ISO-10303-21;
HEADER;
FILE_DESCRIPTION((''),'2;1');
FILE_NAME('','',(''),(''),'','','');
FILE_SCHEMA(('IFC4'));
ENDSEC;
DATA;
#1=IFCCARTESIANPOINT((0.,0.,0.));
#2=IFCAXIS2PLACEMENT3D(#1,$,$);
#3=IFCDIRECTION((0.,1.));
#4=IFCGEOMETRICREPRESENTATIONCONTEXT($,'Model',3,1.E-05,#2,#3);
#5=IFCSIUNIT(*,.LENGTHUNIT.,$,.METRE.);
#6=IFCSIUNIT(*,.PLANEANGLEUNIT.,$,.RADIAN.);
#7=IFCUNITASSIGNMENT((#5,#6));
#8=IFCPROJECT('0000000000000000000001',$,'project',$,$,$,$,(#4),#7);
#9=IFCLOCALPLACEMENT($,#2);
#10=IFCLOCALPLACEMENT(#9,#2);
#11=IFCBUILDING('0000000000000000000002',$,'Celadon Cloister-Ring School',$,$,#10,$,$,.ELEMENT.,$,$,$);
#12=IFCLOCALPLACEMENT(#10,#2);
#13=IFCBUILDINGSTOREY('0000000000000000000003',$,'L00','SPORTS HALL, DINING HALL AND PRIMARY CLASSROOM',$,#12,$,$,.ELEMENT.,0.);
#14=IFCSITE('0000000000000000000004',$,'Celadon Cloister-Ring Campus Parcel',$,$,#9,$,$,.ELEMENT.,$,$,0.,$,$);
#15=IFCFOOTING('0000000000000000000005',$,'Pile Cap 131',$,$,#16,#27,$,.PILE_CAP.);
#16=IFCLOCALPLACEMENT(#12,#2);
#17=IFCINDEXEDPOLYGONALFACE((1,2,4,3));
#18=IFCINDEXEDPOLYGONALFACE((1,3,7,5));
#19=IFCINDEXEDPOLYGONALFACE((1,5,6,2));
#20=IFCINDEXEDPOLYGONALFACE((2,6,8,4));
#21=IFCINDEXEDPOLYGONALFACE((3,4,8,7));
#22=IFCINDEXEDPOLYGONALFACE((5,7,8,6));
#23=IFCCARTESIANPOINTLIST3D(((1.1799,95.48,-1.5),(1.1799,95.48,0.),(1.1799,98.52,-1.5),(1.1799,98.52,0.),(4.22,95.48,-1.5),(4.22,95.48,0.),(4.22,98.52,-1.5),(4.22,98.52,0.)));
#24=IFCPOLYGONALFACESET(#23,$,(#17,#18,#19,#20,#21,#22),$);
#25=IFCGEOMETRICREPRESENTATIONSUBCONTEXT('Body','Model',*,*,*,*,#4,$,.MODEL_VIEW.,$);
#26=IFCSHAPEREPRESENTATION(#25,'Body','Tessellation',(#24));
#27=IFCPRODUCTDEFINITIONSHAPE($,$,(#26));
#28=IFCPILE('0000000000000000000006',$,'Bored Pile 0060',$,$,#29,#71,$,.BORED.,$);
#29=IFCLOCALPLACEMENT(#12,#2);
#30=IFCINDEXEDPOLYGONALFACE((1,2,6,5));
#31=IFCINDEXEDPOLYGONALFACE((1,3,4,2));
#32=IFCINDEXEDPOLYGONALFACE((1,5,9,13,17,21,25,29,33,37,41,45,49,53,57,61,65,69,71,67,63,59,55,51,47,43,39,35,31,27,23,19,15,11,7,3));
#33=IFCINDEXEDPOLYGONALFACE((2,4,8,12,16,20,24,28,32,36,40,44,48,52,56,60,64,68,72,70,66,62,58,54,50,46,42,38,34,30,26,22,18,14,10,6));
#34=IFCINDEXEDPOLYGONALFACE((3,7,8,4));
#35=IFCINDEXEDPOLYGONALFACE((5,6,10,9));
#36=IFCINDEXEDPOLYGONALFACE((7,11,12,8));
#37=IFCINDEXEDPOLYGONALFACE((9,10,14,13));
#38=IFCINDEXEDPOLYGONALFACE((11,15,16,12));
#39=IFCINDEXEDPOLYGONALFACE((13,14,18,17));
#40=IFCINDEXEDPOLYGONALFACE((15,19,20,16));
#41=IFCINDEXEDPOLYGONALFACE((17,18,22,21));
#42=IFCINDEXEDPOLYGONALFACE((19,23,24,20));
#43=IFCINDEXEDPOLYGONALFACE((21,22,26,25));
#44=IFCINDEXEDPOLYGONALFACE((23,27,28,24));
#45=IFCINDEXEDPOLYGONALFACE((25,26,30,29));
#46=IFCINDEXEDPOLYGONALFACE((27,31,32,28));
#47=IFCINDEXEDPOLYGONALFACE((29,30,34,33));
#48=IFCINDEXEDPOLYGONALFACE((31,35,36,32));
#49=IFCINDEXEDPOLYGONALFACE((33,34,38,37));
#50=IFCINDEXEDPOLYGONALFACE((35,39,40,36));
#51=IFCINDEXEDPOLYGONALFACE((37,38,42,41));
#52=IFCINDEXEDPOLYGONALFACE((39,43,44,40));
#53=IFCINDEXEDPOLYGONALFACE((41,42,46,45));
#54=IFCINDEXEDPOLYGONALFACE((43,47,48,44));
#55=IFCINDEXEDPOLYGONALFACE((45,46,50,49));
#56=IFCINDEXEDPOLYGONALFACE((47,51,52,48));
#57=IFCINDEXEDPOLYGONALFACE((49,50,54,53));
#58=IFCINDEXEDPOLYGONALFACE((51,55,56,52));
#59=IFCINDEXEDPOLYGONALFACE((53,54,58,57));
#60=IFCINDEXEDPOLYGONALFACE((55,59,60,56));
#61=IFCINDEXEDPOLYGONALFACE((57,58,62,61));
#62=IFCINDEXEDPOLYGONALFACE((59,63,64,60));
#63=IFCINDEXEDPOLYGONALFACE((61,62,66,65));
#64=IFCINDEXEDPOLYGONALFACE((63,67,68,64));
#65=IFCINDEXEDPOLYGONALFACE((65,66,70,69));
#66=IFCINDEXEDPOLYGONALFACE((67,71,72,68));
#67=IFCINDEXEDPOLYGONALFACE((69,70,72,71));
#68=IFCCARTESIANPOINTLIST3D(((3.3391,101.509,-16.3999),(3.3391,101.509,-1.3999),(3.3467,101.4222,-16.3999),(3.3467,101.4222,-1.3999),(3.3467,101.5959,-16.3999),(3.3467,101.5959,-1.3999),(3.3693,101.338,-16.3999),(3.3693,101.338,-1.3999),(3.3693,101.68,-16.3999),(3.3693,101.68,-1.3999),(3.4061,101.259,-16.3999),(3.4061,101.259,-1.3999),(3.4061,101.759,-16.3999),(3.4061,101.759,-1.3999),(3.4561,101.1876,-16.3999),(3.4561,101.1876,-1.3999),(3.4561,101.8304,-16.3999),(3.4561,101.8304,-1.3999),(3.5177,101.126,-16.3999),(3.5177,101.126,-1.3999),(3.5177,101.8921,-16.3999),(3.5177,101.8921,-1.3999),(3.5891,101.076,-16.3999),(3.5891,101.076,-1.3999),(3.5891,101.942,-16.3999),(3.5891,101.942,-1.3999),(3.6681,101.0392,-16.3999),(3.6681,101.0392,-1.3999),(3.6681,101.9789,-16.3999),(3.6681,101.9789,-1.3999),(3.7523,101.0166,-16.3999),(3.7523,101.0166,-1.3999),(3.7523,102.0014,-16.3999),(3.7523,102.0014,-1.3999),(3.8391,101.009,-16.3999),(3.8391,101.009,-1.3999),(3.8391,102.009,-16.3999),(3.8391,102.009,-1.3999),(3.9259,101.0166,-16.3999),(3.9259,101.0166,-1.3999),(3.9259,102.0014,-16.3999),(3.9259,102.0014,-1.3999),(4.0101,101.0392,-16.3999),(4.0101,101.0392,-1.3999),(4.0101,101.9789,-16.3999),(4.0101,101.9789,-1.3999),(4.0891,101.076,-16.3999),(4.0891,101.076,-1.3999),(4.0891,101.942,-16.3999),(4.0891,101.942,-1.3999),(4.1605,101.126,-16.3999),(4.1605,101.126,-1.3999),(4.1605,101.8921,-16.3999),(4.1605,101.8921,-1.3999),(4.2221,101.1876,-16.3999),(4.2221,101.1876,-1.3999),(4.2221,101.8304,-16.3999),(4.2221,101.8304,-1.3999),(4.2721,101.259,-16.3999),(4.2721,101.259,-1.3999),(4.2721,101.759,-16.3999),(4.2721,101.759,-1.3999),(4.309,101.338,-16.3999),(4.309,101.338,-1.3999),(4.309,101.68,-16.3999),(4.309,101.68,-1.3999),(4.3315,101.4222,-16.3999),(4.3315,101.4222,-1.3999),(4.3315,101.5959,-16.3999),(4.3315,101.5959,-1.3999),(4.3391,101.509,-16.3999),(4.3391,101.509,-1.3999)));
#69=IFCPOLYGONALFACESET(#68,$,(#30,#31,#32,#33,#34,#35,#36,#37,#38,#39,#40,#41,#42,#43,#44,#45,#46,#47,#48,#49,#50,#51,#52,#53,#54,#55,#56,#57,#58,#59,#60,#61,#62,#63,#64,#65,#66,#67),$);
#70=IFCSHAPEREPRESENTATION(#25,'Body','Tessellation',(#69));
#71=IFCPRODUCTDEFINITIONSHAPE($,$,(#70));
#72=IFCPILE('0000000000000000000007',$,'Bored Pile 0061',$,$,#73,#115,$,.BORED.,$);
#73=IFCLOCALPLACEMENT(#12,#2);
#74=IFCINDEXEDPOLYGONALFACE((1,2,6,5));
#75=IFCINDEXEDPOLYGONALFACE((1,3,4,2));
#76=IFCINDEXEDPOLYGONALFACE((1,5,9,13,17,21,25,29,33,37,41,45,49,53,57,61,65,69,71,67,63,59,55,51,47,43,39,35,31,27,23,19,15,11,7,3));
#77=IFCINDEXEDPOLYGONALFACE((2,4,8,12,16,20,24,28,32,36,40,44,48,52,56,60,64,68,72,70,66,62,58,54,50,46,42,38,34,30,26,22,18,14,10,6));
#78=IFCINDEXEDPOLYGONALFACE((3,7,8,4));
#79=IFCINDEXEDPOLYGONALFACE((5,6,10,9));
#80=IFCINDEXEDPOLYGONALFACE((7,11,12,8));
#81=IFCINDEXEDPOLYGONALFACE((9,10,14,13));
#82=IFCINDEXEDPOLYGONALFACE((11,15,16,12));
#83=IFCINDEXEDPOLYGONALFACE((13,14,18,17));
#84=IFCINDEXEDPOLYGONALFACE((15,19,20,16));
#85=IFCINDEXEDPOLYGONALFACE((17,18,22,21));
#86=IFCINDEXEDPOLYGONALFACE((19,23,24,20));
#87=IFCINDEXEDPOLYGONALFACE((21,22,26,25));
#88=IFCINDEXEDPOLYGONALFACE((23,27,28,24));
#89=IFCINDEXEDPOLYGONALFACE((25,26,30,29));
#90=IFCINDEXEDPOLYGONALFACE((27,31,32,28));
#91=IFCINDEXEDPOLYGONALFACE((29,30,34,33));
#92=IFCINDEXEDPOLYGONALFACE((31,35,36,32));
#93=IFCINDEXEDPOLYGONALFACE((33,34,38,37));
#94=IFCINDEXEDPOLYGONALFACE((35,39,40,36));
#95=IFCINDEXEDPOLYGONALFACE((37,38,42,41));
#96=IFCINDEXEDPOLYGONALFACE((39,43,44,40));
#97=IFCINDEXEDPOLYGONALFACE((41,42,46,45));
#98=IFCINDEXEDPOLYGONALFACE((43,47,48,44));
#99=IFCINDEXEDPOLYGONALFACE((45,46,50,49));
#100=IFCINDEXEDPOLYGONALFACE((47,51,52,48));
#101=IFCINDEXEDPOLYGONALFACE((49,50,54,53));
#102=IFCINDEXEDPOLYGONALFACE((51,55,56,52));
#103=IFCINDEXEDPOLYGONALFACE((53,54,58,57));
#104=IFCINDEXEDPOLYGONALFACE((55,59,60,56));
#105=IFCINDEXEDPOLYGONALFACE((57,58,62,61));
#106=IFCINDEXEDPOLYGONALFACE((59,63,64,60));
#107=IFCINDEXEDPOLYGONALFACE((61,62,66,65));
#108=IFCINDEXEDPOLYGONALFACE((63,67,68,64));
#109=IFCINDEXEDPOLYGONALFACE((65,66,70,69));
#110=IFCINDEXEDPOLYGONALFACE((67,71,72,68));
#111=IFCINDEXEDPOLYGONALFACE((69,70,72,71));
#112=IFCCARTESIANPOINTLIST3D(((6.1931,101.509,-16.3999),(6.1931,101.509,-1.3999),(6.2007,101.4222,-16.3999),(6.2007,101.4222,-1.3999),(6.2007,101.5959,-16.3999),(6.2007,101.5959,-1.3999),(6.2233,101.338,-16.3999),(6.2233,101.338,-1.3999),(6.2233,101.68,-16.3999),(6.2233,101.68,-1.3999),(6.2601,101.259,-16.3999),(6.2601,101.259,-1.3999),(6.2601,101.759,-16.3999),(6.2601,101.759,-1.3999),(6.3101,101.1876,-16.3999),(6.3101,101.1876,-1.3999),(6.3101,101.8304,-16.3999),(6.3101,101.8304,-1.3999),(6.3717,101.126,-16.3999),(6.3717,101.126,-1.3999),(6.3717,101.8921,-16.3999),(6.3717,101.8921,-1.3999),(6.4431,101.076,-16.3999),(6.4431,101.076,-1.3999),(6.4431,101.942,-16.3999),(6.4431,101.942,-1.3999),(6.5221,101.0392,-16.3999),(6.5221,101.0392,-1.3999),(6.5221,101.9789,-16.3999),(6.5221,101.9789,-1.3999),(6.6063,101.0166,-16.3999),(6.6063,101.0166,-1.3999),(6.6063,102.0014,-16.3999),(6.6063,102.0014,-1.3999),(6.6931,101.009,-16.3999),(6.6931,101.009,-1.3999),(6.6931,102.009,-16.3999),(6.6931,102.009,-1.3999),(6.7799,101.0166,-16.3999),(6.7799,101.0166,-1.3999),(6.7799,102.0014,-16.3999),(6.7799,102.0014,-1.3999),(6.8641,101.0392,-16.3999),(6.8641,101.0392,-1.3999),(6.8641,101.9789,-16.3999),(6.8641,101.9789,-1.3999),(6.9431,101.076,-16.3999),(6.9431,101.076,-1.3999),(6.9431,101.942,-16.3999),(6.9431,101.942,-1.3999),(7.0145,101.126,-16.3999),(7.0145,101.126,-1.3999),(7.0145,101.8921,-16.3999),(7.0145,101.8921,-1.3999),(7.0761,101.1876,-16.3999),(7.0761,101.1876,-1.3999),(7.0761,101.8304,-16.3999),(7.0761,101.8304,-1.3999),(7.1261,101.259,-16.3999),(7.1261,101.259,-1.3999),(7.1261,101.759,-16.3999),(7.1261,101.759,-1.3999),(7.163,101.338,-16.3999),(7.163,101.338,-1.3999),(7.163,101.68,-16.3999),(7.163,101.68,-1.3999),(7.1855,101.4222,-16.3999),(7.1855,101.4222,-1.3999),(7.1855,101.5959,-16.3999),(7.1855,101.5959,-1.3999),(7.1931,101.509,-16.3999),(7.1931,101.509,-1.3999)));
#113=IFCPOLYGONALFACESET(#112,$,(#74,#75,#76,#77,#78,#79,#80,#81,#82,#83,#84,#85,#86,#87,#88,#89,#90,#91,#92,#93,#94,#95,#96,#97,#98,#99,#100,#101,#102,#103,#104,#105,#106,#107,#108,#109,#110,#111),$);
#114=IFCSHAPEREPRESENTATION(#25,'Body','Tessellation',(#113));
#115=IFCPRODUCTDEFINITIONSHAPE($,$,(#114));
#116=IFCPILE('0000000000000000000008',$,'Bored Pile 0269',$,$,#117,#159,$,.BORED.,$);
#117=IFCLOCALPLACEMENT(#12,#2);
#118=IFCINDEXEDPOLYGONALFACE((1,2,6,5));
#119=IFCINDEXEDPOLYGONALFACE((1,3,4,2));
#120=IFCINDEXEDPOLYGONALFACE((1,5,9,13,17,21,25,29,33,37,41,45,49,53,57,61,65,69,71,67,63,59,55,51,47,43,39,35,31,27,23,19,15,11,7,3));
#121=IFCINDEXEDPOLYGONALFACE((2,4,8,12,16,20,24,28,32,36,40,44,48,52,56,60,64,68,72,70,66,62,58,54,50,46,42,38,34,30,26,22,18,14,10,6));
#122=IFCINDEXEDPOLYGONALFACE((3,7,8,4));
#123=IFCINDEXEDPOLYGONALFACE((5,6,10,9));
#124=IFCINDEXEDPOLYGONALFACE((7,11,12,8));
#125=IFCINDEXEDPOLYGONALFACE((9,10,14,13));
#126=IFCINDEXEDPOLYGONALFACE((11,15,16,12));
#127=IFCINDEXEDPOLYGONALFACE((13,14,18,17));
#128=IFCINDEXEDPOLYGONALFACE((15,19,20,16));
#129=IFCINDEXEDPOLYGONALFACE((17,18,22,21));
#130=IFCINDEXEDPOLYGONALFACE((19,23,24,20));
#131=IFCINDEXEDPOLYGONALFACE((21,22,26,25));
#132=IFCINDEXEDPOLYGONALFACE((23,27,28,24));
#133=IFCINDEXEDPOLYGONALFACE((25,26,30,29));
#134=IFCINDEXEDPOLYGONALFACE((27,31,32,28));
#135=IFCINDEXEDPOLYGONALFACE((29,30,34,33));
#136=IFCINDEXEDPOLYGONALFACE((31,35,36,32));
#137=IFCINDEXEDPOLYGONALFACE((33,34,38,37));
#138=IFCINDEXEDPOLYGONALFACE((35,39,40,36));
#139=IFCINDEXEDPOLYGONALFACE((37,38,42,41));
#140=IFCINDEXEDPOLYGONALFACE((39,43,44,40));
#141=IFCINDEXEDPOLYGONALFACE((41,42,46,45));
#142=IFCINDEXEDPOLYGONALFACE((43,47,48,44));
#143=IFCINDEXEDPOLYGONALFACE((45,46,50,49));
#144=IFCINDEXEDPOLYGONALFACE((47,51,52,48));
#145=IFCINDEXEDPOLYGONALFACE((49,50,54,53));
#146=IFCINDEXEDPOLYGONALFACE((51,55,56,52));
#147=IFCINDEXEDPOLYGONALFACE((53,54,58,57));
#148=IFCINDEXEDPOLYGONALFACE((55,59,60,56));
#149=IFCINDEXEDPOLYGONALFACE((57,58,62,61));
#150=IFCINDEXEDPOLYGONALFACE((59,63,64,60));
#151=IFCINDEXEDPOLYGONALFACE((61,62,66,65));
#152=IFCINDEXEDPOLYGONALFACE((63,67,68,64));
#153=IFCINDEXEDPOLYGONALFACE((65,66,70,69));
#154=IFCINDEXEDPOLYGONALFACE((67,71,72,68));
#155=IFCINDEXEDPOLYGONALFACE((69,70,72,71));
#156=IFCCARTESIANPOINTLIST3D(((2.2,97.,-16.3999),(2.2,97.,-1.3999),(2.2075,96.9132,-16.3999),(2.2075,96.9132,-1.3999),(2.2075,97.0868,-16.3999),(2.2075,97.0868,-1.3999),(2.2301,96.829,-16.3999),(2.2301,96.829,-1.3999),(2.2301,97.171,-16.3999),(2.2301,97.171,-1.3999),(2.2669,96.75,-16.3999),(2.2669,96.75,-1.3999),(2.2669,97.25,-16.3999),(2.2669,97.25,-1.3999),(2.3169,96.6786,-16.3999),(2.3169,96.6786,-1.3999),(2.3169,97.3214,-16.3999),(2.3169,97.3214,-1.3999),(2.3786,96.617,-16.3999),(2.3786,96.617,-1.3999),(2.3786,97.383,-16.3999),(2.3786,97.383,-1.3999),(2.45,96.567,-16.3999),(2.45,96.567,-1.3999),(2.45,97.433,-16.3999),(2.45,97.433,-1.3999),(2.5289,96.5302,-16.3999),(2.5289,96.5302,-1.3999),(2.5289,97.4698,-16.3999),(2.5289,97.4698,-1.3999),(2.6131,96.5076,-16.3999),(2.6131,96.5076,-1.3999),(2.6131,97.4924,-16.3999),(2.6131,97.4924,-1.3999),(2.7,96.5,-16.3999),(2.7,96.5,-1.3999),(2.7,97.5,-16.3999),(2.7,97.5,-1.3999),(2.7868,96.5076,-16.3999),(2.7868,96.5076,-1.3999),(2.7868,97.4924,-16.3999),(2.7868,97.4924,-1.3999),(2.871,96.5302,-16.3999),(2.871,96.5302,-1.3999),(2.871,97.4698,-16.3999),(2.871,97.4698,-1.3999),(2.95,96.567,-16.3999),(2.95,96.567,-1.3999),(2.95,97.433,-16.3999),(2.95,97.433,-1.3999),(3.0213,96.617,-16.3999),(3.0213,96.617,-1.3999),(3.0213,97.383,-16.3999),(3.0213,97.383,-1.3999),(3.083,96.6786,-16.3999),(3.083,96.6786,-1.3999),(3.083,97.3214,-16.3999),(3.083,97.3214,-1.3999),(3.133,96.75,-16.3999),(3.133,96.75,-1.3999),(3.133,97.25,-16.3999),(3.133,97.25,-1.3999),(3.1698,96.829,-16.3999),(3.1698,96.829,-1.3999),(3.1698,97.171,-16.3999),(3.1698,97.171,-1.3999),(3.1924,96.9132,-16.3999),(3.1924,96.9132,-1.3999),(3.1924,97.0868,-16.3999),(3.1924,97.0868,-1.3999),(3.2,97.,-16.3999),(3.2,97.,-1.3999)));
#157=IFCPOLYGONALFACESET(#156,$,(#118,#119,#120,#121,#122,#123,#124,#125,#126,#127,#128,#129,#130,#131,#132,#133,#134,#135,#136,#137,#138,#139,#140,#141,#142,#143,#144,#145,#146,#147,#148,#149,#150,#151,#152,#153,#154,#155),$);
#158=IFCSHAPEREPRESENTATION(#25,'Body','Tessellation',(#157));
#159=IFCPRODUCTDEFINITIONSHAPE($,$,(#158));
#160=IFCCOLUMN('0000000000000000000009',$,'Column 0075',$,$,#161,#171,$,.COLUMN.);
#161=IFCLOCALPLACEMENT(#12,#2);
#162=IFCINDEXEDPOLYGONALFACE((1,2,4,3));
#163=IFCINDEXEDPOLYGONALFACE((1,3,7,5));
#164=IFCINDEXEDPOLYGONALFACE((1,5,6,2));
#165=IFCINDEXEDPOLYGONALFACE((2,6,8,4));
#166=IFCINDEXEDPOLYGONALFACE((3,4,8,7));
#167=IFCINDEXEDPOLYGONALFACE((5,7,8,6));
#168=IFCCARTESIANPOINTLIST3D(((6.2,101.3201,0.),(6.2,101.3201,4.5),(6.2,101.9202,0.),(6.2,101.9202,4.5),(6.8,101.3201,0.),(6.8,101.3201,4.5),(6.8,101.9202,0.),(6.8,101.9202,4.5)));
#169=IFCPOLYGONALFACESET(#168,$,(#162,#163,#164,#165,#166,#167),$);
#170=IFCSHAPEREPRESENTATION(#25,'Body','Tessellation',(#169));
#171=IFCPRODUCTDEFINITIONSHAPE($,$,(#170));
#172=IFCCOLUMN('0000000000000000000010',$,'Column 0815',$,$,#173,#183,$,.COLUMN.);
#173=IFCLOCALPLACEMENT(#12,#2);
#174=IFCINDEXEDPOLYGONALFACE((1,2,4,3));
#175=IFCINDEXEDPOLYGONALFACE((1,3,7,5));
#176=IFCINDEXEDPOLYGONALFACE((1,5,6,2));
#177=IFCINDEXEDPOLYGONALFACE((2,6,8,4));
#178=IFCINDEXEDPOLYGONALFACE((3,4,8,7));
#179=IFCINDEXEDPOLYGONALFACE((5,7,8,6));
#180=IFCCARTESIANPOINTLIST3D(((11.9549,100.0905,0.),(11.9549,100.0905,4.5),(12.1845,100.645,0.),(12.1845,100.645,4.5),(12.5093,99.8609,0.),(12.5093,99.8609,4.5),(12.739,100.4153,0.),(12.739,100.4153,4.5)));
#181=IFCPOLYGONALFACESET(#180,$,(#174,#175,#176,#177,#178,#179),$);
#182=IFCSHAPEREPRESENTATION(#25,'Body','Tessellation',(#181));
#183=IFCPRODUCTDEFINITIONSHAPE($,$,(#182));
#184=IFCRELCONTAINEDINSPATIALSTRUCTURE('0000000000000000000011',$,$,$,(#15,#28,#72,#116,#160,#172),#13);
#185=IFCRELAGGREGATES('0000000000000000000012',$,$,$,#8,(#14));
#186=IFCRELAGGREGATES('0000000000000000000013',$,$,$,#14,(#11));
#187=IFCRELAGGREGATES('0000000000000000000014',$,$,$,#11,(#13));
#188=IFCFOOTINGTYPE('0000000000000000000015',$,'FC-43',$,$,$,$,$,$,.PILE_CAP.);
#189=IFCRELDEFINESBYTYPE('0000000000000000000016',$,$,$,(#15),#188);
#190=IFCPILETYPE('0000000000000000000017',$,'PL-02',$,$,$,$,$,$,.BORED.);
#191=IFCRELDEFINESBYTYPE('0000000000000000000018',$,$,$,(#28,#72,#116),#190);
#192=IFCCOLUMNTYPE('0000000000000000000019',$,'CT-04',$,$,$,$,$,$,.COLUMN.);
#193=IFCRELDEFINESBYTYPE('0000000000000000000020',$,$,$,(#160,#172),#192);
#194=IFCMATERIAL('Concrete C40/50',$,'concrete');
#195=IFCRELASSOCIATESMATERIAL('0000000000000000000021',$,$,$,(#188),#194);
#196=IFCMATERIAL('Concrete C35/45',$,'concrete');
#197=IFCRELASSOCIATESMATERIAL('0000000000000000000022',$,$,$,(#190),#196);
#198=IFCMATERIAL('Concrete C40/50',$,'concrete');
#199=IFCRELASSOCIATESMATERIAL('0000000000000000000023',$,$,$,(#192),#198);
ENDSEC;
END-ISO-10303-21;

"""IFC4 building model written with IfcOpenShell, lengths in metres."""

from ifc_helpers import new_model, si_unit, direction, frame, origin, origin_2d, place, context, subcontext, project, spatial, rectangle, circle, extrude, material, material_profile, profile_set, type_object, element, save


model = new_model("IFC4")

# Units and contexts
model_context = context("Model", 3, precision=1e-05, world=origin(), true_north=direction((0.0, 1.0)))
body_context = subcontext(model_context, "Body", "Model", "MODEL_VIEW")
ifc_project = project(units=[si_unit("LENGTHUNIT", "METRE"), si_unit("PLANEANGLEUNIT", "RADIAN")], contexts=[model_context])

# Site, building, storey
site_placement = place(None, origin())
site = spatial("IfcSite", under=ifc_project, at=site_placement, Name="Celadon Cloister-Ring Campus Parcel", CompositionType="ELEMENT", RefElevation=0.0)
building_placement = place(site_placement, origin())
building = spatial("IfcBuilding", under=site, at=building_placement, Name="Celadon Cloister-Ring School", CompositionType="ELEMENT")
storey_placement = place(building_placement, origin())
storey = spatial("IfcBuildingStorey", under=building, at=storey_placement, Name="L00", Description="SPORTS HALL, DINING HALL AND PRIMARY CLASSROOM", CompositionType="ELEMENT", Elevation=0.0)

# Footing
ifc_material_1 = material(Name="Concrete C40/50", Category="concrete")
footing_type = type_object("IfcFootingType", Name="FC-43", PredefinedType="PILE_CAP", material=ifc_material_1)
footing_placement = place(storey_placement, frame((2.7, 97.0, -1.5), z_axis=(0.0, 0.0, 1.0), x_axis=(1.0, 0.0, 0.0)))
element("IfcFooting", 1, at=footing_placement, inside=storey, type_object=footing_type, Name="Pile Cap 131", PredefinedType="PILE_CAP", context=body_context, shape_type="SweptSolid", body=[
    extrude(rectangle(XDim=3.04, YDim=3.04, at=origin_2d()), origin(), (0.0, 0.0, 1.0), 1.5),
])

# Piles
ifc_material_2 = material(Name="Concrete C35/45", Category="concrete")
ifc_material_profile_1 = material_profile(ifc_material_2, circle(Radius=0.5, at=origin_2d()), Name="PILE1000")
ifc_profile_set_1 = profile_set([ifc_material_profile_1], Name="Concrete C35/45")
pile_type = type_object("IfcPileType", Name="PL-02", PredefinedType="BORED", material=ifc_profile_set_1)
for number, where, z_axis, x_axis, name in (
    (2, (3.8391, 101.509, -1.3999), (0.0, 0.0, -1.0), (1.0, 0.0, 0.0), "Bored Pile 0060"),
    (3, (6.6931, 101.509, -1.3999), (0.0, 0.0, -1.0), (1.0, 0.0, 0.0), "Bored Pile 0061"),
    (4, (2.7, 97.0, -1.3999), (0.0, 0.0, -1.0), (1.0, 0.0, 0.0), "Bored Pile 0269"),
):
    element("IfcPile", number, at=place(storey_placement, frame(where, z_axis=z_axis, x_axis=x_axis)), inside=storey, type_object=pile_type, Name=name, PredefinedType="BORED", context=body_context, shape_type="SweptSolid", body=[
        extrude(circle(Radius=0.5, at=origin_2d()), origin(), (0.0, 0.0, 1.0), 15.0),
    ])

# Columns
ifc_material_3 = material(Name="Concrete C40/50", Category="concrete")
ifc_material_profile_2 = material_profile(ifc_material_3, rectangle(XDim=0.6001, YDim=0.6001, at=origin_2d()), Name="RC600X600")
ifc_profile_set_2 = profile_set([ifc_material_profile_2], Name="Concrete C40/50")
column_type_1 = type_object("IfcColumnType", Name="CT-04", PredefinedType="COLUMN", material=ifc_profile_set_2)
for number, where, z_axis, x_axis, name in (
    (5, (6.5, 101.6201, 0.0), (0.0, 0.0, 1.0), (1.0, 0.0, 0.0), "Column 0075"),
    (6, (12.3469, 100.2529, 0.0), (0.0, 0.0, 1.0), (-0.92388, 0.382683, 0.0), "Column 0815"),
):
    element("IfcColumn", number, at=place(storey_placement, frame(where, z_axis=z_axis, x_axis=x_axis)), inside=storey, type_object=column_type_1, Name=name, PredefinedType="COLUMN", context=body_context, shape_type="SweptSolid", body=[
        extrude(rectangle(XDim=0.6001, YDim=0.6001, at=origin_2d()), origin(), (0.0, 0.0, 1.0), 4.5),
    ])

save(model, "model.ifc")
